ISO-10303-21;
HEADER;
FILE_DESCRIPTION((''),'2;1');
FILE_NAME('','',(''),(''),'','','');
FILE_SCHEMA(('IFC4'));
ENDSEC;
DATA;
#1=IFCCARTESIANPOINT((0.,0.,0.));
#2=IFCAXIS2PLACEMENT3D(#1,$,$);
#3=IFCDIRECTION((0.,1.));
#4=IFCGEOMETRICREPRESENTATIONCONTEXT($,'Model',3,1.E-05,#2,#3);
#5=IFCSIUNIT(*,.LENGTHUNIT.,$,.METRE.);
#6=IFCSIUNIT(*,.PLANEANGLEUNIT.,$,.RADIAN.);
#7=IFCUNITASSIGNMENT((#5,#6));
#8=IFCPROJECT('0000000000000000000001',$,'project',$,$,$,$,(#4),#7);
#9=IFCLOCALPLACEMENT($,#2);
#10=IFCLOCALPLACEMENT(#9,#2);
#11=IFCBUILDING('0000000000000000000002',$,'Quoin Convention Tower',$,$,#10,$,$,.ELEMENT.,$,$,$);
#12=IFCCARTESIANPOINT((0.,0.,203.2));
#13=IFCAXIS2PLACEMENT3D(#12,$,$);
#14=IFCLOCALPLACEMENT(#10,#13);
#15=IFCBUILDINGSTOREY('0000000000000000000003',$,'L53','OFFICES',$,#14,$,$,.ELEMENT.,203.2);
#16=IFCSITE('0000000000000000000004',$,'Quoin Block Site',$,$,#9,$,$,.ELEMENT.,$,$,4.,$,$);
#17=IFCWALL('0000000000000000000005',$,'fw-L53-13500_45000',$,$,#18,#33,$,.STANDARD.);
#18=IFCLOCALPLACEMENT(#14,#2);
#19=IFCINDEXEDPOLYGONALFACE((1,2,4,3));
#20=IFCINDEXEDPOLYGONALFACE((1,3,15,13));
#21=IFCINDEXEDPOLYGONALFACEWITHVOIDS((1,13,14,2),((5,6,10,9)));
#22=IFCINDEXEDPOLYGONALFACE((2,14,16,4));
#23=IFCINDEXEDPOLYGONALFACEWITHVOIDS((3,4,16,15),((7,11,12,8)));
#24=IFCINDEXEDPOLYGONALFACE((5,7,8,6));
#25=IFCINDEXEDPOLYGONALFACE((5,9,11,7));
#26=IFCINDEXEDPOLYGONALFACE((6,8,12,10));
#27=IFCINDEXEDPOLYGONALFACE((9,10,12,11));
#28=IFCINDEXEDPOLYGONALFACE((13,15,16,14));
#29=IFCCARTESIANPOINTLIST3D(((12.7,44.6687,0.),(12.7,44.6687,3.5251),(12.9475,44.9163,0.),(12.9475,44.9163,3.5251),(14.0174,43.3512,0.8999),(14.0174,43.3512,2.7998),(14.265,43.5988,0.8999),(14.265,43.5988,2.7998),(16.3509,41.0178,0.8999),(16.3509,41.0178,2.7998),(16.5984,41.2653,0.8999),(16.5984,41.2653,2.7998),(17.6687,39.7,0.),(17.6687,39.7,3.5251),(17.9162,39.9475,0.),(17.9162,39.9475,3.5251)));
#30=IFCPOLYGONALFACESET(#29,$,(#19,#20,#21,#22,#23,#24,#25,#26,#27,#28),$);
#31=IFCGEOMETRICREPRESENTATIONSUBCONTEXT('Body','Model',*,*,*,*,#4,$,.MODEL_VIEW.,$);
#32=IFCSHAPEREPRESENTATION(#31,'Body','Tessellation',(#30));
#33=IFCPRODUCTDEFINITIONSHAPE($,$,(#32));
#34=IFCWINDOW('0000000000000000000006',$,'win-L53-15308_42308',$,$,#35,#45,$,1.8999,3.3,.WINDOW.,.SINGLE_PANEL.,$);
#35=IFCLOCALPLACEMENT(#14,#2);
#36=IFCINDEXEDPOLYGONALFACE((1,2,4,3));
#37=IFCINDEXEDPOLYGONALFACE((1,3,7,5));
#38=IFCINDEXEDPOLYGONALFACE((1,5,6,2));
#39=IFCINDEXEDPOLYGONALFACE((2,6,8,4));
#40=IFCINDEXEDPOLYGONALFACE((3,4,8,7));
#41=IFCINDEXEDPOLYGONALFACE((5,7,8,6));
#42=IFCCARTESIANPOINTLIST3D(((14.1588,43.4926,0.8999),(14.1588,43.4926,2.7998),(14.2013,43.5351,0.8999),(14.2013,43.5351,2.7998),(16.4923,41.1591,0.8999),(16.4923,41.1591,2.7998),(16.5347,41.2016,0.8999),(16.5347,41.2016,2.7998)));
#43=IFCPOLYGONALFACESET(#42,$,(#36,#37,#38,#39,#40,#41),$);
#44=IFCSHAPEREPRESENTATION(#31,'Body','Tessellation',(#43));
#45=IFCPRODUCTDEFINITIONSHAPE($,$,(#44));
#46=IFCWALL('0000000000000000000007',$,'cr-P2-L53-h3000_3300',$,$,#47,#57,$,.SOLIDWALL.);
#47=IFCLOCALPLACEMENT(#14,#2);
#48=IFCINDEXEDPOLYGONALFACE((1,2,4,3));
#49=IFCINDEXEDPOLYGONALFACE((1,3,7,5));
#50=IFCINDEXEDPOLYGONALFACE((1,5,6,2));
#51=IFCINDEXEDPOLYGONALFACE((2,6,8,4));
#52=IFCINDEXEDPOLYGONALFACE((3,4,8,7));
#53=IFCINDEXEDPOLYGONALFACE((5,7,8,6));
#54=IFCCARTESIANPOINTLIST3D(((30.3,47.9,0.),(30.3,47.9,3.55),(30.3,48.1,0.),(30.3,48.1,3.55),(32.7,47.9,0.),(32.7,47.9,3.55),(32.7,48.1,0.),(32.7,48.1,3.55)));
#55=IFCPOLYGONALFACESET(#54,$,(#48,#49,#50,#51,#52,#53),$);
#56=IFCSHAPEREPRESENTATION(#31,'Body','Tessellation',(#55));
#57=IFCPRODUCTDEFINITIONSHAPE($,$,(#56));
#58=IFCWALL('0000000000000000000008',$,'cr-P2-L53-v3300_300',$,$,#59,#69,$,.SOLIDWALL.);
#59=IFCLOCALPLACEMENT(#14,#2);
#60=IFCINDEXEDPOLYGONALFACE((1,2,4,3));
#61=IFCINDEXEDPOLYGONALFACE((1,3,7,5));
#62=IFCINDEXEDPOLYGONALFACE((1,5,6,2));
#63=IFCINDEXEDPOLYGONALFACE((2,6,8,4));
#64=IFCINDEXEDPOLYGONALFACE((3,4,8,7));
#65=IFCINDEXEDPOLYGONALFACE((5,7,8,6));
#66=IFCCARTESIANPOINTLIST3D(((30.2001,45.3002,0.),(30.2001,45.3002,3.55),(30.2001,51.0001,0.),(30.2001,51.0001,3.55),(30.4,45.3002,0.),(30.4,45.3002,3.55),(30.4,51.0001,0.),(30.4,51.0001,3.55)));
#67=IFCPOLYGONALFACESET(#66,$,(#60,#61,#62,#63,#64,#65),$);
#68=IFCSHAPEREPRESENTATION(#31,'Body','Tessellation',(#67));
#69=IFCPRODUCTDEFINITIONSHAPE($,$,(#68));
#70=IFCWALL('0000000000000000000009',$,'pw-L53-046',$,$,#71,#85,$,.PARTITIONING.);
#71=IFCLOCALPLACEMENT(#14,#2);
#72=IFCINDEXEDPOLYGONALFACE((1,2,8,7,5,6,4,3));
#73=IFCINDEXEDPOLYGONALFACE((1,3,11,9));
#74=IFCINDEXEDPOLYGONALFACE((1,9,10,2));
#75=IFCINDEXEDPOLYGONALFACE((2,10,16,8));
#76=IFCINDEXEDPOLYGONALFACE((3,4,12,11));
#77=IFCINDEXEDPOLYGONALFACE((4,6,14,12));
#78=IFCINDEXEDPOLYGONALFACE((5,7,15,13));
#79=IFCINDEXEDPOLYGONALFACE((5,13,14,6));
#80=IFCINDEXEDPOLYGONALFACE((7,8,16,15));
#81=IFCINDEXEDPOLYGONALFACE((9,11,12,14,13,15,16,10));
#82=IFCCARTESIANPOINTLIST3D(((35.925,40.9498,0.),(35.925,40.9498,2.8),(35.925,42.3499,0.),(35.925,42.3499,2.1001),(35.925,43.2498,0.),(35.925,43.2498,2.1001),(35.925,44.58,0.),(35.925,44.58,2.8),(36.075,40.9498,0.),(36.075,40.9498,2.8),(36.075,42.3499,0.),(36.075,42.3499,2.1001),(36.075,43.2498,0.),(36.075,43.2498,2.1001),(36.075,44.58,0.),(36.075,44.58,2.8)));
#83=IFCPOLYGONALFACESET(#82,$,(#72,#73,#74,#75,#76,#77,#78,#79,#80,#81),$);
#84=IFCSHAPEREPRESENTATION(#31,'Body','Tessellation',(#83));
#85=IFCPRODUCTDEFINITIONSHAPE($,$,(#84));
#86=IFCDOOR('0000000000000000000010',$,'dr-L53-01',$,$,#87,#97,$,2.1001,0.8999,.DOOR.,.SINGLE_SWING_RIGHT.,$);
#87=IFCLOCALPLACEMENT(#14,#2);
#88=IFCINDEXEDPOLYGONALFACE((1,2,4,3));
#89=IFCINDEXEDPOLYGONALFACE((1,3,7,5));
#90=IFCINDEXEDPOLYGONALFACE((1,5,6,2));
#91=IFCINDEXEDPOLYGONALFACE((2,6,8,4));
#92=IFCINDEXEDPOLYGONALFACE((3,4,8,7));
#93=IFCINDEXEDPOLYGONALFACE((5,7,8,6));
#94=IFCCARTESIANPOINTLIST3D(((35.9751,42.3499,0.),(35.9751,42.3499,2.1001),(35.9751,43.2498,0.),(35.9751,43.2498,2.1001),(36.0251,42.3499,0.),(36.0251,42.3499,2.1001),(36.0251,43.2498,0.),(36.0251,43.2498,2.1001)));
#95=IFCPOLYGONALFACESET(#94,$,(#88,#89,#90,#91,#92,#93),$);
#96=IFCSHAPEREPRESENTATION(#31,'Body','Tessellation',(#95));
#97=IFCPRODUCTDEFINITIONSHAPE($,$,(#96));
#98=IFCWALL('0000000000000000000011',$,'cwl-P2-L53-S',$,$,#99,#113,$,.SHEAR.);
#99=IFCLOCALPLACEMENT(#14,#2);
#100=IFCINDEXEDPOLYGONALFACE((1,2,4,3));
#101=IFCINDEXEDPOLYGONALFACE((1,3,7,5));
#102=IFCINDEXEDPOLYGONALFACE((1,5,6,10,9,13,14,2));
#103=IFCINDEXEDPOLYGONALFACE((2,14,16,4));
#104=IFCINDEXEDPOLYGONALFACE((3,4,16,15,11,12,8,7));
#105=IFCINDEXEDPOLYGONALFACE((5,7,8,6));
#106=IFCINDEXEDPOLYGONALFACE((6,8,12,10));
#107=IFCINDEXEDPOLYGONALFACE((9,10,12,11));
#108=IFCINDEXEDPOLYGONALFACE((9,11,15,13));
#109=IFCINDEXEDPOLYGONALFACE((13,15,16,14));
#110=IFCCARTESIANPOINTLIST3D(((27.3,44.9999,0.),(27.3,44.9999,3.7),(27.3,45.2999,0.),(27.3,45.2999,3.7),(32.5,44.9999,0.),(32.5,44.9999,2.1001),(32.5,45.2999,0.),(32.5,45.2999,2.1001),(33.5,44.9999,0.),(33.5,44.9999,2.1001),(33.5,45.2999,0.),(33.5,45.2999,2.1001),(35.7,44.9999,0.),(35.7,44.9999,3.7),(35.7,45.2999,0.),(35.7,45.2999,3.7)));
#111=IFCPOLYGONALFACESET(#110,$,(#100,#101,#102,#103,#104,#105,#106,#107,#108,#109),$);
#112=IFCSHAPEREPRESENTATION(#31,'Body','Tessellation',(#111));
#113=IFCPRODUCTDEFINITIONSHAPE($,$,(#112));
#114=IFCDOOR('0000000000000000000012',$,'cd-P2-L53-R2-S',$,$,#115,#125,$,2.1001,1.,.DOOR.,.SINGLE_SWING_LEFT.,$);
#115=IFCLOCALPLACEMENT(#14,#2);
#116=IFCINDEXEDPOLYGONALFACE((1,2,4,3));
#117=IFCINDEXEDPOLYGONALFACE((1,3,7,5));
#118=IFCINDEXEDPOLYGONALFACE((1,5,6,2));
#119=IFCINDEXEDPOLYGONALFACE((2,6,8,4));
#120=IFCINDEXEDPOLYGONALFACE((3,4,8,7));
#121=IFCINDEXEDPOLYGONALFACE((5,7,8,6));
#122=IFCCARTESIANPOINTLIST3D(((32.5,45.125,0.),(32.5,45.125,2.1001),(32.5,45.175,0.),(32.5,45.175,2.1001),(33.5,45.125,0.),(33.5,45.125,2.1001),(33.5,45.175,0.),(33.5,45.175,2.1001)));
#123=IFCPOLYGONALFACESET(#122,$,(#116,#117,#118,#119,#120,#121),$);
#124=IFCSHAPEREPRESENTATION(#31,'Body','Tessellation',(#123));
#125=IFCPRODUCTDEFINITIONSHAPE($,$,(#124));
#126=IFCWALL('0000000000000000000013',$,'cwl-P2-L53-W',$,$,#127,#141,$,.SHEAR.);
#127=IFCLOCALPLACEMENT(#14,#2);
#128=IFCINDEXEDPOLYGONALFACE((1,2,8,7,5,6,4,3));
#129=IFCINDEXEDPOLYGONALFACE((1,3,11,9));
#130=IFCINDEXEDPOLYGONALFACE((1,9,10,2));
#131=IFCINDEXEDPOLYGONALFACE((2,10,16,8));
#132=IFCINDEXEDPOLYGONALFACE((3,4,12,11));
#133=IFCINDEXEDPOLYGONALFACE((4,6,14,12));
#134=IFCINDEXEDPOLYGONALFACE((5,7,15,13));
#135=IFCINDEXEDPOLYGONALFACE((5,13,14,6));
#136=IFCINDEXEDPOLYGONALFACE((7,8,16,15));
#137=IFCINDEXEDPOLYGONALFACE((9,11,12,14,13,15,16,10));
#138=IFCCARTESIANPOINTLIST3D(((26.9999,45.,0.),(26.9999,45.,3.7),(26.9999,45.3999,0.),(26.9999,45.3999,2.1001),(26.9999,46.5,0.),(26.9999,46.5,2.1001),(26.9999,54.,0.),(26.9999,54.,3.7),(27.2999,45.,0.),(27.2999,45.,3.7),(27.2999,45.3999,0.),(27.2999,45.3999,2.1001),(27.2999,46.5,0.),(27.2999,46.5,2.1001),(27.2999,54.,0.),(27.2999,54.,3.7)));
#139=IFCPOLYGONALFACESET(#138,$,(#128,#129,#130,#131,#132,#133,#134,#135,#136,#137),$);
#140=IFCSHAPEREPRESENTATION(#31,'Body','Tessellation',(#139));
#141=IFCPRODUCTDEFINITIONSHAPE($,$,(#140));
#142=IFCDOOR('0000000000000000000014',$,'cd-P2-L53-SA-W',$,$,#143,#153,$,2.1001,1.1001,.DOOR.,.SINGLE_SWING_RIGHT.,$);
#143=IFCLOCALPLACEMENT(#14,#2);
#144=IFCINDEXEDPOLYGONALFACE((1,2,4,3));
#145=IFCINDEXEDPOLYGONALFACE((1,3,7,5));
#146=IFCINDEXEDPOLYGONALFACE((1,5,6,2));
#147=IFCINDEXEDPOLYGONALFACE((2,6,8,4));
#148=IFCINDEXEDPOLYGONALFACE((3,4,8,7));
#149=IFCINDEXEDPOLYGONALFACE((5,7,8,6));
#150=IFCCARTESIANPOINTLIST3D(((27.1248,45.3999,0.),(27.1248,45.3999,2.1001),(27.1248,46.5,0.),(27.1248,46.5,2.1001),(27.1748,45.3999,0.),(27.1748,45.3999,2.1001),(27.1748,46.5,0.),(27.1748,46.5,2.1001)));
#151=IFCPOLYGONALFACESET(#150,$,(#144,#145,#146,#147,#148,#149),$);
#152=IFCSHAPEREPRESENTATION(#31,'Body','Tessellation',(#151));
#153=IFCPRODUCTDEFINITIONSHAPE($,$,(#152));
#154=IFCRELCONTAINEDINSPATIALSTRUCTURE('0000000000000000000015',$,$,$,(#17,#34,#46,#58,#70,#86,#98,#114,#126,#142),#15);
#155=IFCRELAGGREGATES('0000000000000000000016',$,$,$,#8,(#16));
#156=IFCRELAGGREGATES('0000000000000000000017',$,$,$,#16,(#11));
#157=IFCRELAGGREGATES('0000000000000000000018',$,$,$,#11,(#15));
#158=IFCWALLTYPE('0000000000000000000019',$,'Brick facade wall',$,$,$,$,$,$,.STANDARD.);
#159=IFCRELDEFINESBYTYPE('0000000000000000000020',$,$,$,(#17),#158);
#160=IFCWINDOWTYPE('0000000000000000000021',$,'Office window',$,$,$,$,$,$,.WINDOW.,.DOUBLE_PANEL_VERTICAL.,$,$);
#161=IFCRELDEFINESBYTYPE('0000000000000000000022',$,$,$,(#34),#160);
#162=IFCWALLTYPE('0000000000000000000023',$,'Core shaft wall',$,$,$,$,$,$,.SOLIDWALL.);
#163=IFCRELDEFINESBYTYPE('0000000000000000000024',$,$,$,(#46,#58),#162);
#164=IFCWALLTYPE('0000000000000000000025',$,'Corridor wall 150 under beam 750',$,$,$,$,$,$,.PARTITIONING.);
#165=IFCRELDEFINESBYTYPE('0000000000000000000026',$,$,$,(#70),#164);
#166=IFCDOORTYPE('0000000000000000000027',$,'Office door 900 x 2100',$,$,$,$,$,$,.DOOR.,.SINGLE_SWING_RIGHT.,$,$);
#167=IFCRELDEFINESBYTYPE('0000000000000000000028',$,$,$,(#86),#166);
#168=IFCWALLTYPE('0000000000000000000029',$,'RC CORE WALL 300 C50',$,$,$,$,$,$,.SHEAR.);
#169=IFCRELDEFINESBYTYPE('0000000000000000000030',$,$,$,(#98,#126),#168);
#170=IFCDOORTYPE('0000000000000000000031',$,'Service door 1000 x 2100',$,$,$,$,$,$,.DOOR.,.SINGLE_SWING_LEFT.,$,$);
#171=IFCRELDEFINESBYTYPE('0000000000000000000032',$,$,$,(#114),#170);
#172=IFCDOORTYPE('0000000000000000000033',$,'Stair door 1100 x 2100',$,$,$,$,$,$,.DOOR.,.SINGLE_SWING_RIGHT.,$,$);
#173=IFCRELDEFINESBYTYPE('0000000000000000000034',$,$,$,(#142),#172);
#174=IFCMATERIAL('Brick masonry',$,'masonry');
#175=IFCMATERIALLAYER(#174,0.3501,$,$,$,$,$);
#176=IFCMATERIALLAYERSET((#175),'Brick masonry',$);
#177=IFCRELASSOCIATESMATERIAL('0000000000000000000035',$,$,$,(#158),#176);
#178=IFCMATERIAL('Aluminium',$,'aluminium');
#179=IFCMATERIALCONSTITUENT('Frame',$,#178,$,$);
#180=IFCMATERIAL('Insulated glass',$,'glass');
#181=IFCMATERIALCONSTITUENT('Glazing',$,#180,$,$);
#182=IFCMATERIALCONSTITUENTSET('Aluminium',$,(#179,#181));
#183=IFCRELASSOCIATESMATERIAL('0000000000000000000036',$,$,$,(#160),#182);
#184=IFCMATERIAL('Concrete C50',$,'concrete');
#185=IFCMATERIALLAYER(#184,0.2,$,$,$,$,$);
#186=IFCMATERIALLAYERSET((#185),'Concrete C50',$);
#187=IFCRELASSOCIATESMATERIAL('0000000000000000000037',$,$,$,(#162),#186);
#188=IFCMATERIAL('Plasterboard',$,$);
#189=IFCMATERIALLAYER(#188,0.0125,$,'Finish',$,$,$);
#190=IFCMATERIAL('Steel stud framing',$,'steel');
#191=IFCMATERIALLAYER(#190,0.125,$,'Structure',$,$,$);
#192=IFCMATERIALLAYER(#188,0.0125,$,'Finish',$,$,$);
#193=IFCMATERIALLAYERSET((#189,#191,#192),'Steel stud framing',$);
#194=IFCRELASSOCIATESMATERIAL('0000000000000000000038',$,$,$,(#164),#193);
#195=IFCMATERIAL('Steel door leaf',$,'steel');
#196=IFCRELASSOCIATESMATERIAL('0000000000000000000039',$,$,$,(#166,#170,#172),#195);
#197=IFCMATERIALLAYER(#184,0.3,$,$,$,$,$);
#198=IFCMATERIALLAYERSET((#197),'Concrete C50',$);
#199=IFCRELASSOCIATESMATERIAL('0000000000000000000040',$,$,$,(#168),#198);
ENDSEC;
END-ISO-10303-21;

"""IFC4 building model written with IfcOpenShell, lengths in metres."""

from ifc_helpers import new_model, si_unit, direction, frame, frame_2d, origin, place, context, subcontext, project, spatial, rectangle, extrude, material, layer, layer_set, constituent, constituent_set, type_object, element, fill, save


model = new_model("IFC4")

# Units and contexts
model_context = context("Model", 3, precision=1e-05, world=origin(), true_north=direction((0.0, 1.0)))
body_context = subcontext(model_context, "Body", "Model", "MODEL_VIEW")
ifc_project = project(units=[si_unit("LENGTHUNIT", "METRE"), si_unit("PLANEANGLEUNIT", "RADIAN")], contexts=[model_context])

# Site, building, storey
site_placement = place(None, origin())
site = spatial("IfcSite", under=ifc_project, at=site_placement, Name="Quoin Block Site", CompositionType="ELEMENT", RefElevation=4.0)
building_placement = place(site_placement, origin())
building = spatial("IfcBuilding", under=site, at=building_placement, Name="Quoin Convention Tower", CompositionType="ELEMENT")
storey_placement = place(building_placement, frame((0.0, 0.0, 203.2)))
storey = spatial("IfcBuildingStorey", under=building, at=storey_placement, Name="L53", Description="OFFICES", CompositionType="ELEMENT", Elevation=203.2)

# Shared definitions
ifc_material_1 = material(Name="Concrete C50", Category="concrete")

# Wall, opening, window
ifc_material_2 = material(Name="Brick masonry", Category="masonry")
ifc_layer_1 = layer(ifc_material_2, 0.3501)
ifc_layer_set_1 = layer_set([ifc_layer_1], Name="Brick masonry")
wall_type_1 = type_object("IfcWallType", Name="Brick facade wall", PredefinedType="STANDARD", material=ifc_layer_set_1)
wall_1_placement = place(storey_placement, frame((12.8237, 44.7925, 0.0), z_axis=(0.0, 0.0, 1.0), x_axis=(0.707107, -0.707107, 0.0)))
wall_1 = element("IfcWall", 1, at=wall_1_placement, inside=storey, type_object=wall_type_1, Name="fw-L53-13500_45000", PredefinedType="STANDARD", context=body_context, shape_type="SweptSolid", body=[
    extrude(rectangle(XDim=7.0269, YDim=0.3501, at=frame_2d((3.5134, 0.0))), origin(), (0.0, 0.0, 1.0), 3.5251),
])
opening_1_placement = place(wall_1_placement, frame((1.8633, 0.0, 0.8999)))
opening_1 = element("IfcOpeningElement", 2, at=opening_1_placement, cuts=wall_1, PredefinedType="OPENING", context=body_context, shape_type="SweptSolid", body=[
    extrude(rectangle(XDim=3.3, YDim=1.8999, at=frame_2d((1.6499, 0.95))), frame((0.0, 0.1851, 0.0), z_axis=(0.0, -1.0, 0.0), x_axis=(1.0, 0.0, 0.0)), (0.0, 0.0, 1.0), 0.3701),
])
ifc_material_3 = material(Name="Aluminium", Category="aluminium")
ifc_constituent_1 = constituent(ifc_material_3, Name="Frame")
ifc_material_4 = material(Name="Insulated glass", Category="glass")
ifc_constituent_2 = constituent(ifc_material_4, Name="Glazing")
ifc_constituent_set = constituent_set(constituents=[ifc_constituent_1, ifc_constituent_2], Name="Aluminium")
window_type = type_object("IfcWindowType", Name="Office window", PartitioningType="DOUBLE_PANEL_VERTICAL", PredefinedType="WINDOW", material=ifc_constituent_set)
window_placement = place(opening_1_placement, origin())
window = element("IfcWindow", 3, at=window_placement, inside=storey, type_object=window_type, Name="win-L53-15308_42308", OverallHeight=1.8999, OverallWidth=3.3, PartitioningType="SINGLE_PANEL", PredefinedType="WINDOW", context=body_context, shape_type="SweptSolid", body=[
    extrude(rectangle(XDim=3.3, YDim=1.8999, at=frame_2d((1.6499, 0.95))), frame((0.0, 0.085, 0.0), z_axis=(0.0, -1.0, 0.0), x_axis=(1.0, 0.0, 0.0)), (0.0, 0.0, 1.0), 0.0601),
])
fill(opening_1, window)

# Walls
ifc_layer_2 = layer(ifc_material_1, 0.2)
ifc_layer_set_2 = layer_set([ifc_layer_2], Name="Concrete C50")
wall_type_2 = type_object("IfcWallType", Name="Core shaft wall", PredefinedType="SOLIDWALL", material=ifc_layer_set_2)
wall_2_placement = place(storey_placement, frame((30.3, 48.0, 0.0), z_axis=(0.0, 0.0, 1.0), x_axis=(1.0, 0.0, 0.0)))
element("IfcWall", 4, at=wall_2_placement, inside=storey, type_object=wall_type_2, Name="cr-P2-L53-h3000_3300", PredefinedType="SOLIDWALL", context=body_context, shape_type="SweptSolid", body=[
    extrude(rectangle(XDim=2.3999, YDim=0.2, at=frame_2d((1.2, 0.0))), origin(), (0.0, 0.0, 1.0), 3.55),
])
wall_3_placement = place(storey_placement, frame((30.3, 45.3, 0.0), z_axis=(0.0, 0.0, 1.0), x_axis=(0.0, 1.0, 0.0)))
element("IfcWall", 5, at=wall_3_placement, inside=storey, type_object=wall_type_2, Name="cr-P2-L53-v3300_300", PredefinedType="SOLIDWALL", context=body_context, shape_type="SweptSolid", body=[
    extrude(rectangle(XDim=5.7, YDim=0.2, at=frame_2d((2.8501, 0.0))), origin(), (0.0, 0.0, 1.0), 3.55),
])

# Walls, openings, doors
ifc_material_5 = material(Name="Plasterboard")
ifc_layer_3 = layer(ifc_material_5, 0.0125, Name="Finish")
ifc_material_6 = material(Name="Steel stud framing", Category="steel")
ifc_layer_4 = layer(ifc_material_6, 0.125, Name="Structure")
ifc_layer_5 = layer(ifc_material_5, 0.0125, Name="Finish")
ifc_layer_set_3 = layer_set([ifc_layer_3, ifc_layer_4, ifc_layer_5], Name="Steel stud framing")
wall_type_3 = type_object("IfcWallType", Name="Corridor wall 150 under beam 750", PredefinedType="PARTITIONING", material=ifc_layer_set_3)
wall_4_placement = place(storey_placement, frame((36.0, 40.95, 0.0), z_axis=(0.0, 0.0, 1.0), x_axis=(0.0, 1.0, 0.0)))
wall_4 = element("IfcWall", 6, at=wall_4_placement, inside=storey, type_object=wall_type_3, Name="pw-L53-046", PredefinedType="PARTITIONING", context=body_context, shape_type="SweptSolid", body=[
    extrude(rectangle(XDim=3.6301, YDim=0.1499, at=frame_2d((1.8149, 0.0))), origin(), (0.0, 0.0, 1.0), 2.8),
])
opening_2_placement = place(wall_4_placement, frame((1.3999, 0.0, 0.0)))
opening_2 = element("IfcOpeningElement", 7, at=opening_2_placement, cuts=wall_4, PredefinedType="OPENING", context=body_context, shape_type="SweptSolid", body=[
    extrude(rectangle(XDim=0.8999, YDim=2.1001, at=frame_2d((0.45, 1.05))), frame((0.0, 0.085, 0.0), z_axis=(0.0, -1.0, 0.0), x_axis=(1.0, 0.0, 0.0)), (0.0, 0.0, 1.0), 0.1699),
])
ifc_material_7 = material(Name="Steel door leaf", Category="steel")
door_type_1 = type_object("IfcDoorType", Name="Office door 900 x 2100", OperationType="SINGLE_SWING_RIGHT", PredefinedType="DOOR", material=ifc_material_7)
door_1_placement = place(opening_2_placement, origin())
door_1 = element("IfcDoor", 8, at=door_1_placement, inside=storey, type_object=door_type_1, Name="dr-L53-01", OperationType="SINGLE_SWING_RIGHT", OverallHeight=2.1001, OverallWidth=0.8999, PredefinedType="DOOR", context=body_context, shape_type="SweptSolid", body=[
    extrude(rectangle(XDim=0.8999, YDim=2.1001, at=frame_2d((0.45, 1.05))), frame((0.0, 0.0249, 0.0), z_axis=(0.0, -1.0, 0.0), x_axis=(1.0, 0.0, 0.0)), (0.0, 0.0, 1.0), 0.05),
])
fill(opening_2, door_1)
ifc_layer_6 = layer(ifc_material_1, 0.3)
ifc_layer_set_4 = layer_set([ifc_layer_6], Name="Concrete C50")
wall_type_4 = type_object("IfcWallType", Name="RC CORE WALL 300 C50", PredefinedType="SHEAR", material=ifc_layer_set_4)
wall_5_placement = place(storey_placement, frame((27.3, 45.1499, 0.0), z_axis=(0.0, 0.0, 1.0), x_axis=(1.0, 0.0, 0.0)))
wall_5 = element("IfcWall", 9, at=wall_5_placement, inside=storey, type_object=wall_type_4, Name="cwl-P2-L53-S", PredefinedType="SHEAR", context=body_context, shape_type="SweptSolid", body=[
    extrude(rectangle(XDim=8.3999, YDim=0.3, at=frame_2d((4.2, 0.0))), origin(), (0.0, 0.0, 1.0), 3.7),
])
opening_3_placement = place(wall_5_placement, frame((5.2, 0.0, 0.0)))
opening_3 = element("IfcOpeningElement", 10, at=opening_3_placement, cuts=wall_5, PredefinedType="OPENING", context=body_context, shape_type="SweptSolid", body=[
    extrude(rectangle(XDim=1.0, YDim=2.1001, at=frame_2d((0.5, 1.05))), frame((0.0, 0.1599, 0.0), z_axis=(0.0, -1.0, 0.0), x_axis=(1.0, 0.0, 0.0)), (0.0, 0.0, 1.0), 0.3201),
])
door_type_2 = type_object("IfcDoorType", Name="Service door 1000 x 2100", OperationType="SINGLE_SWING_LEFT", PredefinedType="DOOR", material=ifc_material_7)
door_2_placement = place(opening_3_placement, frame((1.0, 0.0, 0.0), z_axis=(0.0, 0.0, 1.0), x_axis=(-1.0, 0.0, 0.0)))
door_2 = element("IfcDoor", 11, at=door_2_placement, inside=storey, type_object=door_type_2, Name="cd-P2-L53-R2-S", OperationType="SINGLE_SWING_LEFT", OverallHeight=2.1001, OverallWidth=1.0, PredefinedType="DOOR", context=body_context, shape_type="SweptSolid", body=[
    extrude(rectangle(XDim=1.0, YDim=2.1001, at=frame_2d((0.5, 1.05))), frame((0.0, 0.0249, 0.0), z_axis=(0.0, -1.0, 0.0), x_axis=(1.0, 0.0, 0.0)), (0.0, 0.0, 1.0), 0.05),
])
fill(opening_3, door_2)
wall_6_placement = place(storey_placement, frame((27.1499, 45.0, 0.0), z_axis=(0.0, 0.0, 1.0), x_axis=(0.0, 1.0, 0.0)))
wall_6 = element("IfcWall", 12, at=wall_6_placement, inside=storey, type_object=wall_type_4, Name="cwl-P2-L53-W", PredefinedType="SHEAR", context=body_context, shape_type="SweptSolid", body=[
    extrude(rectangle(XDim=9.0, YDim=0.3, at=frame_2d((4.5, 0.0))), origin(), (0.0, 0.0, 1.0), 3.7),
])
opening_4_placement = place(wall_6_placement, frame((0.3999, 0.0, 0.0)))
opening_4 = element("IfcOpeningElement", 13, at=opening_4_placement, cuts=wall_6, PredefinedType="OPENING", context=body_context, shape_type="SweptSolid", body=[
    extrude(rectangle(XDim=1.1001, YDim=2.1001, at=frame_2d((0.55, 1.05))), frame((0.0, 0.1599, 0.0), z_axis=(0.0, -1.0, 0.0), x_axis=(1.0, 0.0, 0.0)), (0.0, 0.0, 1.0), 0.3201),
])
door_type_3 = type_object("IfcDoorType", Name="Stair door 1100 x 2100", OperationType="SINGLE_SWING_RIGHT", PredefinedType="DOOR", material=ifc_material_7)
door_3_placement = place(opening_4_placement, frame((1.1001, 0.0, 0.0), z_axis=(0.0, 0.0, 1.0), x_axis=(-1.0, 0.0, 0.0)))
door_3 = element("IfcDoor", 14, at=door_3_placement, inside=storey, type_object=door_type_3, Name="cd-P2-L53-SA-W", OperationType="SINGLE_SWING_RIGHT", OverallHeight=2.1001, OverallWidth=1.1001, PredefinedType="DOOR", context=body_context, shape_type="SweptSolid", body=[
    extrude(rectangle(XDim=1.1001, YDim=2.1001, at=frame_2d((0.55, 1.05))), frame((0.0, 0.0249, 0.0), z_axis=(0.0, -1.0, 0.0), x_axis=(1.0, 0.0, 0.0)), (0.0, 0.0, 1.0), 0.05),
])
fill(opening_4, door_3)

save(model, "model.ifc")
